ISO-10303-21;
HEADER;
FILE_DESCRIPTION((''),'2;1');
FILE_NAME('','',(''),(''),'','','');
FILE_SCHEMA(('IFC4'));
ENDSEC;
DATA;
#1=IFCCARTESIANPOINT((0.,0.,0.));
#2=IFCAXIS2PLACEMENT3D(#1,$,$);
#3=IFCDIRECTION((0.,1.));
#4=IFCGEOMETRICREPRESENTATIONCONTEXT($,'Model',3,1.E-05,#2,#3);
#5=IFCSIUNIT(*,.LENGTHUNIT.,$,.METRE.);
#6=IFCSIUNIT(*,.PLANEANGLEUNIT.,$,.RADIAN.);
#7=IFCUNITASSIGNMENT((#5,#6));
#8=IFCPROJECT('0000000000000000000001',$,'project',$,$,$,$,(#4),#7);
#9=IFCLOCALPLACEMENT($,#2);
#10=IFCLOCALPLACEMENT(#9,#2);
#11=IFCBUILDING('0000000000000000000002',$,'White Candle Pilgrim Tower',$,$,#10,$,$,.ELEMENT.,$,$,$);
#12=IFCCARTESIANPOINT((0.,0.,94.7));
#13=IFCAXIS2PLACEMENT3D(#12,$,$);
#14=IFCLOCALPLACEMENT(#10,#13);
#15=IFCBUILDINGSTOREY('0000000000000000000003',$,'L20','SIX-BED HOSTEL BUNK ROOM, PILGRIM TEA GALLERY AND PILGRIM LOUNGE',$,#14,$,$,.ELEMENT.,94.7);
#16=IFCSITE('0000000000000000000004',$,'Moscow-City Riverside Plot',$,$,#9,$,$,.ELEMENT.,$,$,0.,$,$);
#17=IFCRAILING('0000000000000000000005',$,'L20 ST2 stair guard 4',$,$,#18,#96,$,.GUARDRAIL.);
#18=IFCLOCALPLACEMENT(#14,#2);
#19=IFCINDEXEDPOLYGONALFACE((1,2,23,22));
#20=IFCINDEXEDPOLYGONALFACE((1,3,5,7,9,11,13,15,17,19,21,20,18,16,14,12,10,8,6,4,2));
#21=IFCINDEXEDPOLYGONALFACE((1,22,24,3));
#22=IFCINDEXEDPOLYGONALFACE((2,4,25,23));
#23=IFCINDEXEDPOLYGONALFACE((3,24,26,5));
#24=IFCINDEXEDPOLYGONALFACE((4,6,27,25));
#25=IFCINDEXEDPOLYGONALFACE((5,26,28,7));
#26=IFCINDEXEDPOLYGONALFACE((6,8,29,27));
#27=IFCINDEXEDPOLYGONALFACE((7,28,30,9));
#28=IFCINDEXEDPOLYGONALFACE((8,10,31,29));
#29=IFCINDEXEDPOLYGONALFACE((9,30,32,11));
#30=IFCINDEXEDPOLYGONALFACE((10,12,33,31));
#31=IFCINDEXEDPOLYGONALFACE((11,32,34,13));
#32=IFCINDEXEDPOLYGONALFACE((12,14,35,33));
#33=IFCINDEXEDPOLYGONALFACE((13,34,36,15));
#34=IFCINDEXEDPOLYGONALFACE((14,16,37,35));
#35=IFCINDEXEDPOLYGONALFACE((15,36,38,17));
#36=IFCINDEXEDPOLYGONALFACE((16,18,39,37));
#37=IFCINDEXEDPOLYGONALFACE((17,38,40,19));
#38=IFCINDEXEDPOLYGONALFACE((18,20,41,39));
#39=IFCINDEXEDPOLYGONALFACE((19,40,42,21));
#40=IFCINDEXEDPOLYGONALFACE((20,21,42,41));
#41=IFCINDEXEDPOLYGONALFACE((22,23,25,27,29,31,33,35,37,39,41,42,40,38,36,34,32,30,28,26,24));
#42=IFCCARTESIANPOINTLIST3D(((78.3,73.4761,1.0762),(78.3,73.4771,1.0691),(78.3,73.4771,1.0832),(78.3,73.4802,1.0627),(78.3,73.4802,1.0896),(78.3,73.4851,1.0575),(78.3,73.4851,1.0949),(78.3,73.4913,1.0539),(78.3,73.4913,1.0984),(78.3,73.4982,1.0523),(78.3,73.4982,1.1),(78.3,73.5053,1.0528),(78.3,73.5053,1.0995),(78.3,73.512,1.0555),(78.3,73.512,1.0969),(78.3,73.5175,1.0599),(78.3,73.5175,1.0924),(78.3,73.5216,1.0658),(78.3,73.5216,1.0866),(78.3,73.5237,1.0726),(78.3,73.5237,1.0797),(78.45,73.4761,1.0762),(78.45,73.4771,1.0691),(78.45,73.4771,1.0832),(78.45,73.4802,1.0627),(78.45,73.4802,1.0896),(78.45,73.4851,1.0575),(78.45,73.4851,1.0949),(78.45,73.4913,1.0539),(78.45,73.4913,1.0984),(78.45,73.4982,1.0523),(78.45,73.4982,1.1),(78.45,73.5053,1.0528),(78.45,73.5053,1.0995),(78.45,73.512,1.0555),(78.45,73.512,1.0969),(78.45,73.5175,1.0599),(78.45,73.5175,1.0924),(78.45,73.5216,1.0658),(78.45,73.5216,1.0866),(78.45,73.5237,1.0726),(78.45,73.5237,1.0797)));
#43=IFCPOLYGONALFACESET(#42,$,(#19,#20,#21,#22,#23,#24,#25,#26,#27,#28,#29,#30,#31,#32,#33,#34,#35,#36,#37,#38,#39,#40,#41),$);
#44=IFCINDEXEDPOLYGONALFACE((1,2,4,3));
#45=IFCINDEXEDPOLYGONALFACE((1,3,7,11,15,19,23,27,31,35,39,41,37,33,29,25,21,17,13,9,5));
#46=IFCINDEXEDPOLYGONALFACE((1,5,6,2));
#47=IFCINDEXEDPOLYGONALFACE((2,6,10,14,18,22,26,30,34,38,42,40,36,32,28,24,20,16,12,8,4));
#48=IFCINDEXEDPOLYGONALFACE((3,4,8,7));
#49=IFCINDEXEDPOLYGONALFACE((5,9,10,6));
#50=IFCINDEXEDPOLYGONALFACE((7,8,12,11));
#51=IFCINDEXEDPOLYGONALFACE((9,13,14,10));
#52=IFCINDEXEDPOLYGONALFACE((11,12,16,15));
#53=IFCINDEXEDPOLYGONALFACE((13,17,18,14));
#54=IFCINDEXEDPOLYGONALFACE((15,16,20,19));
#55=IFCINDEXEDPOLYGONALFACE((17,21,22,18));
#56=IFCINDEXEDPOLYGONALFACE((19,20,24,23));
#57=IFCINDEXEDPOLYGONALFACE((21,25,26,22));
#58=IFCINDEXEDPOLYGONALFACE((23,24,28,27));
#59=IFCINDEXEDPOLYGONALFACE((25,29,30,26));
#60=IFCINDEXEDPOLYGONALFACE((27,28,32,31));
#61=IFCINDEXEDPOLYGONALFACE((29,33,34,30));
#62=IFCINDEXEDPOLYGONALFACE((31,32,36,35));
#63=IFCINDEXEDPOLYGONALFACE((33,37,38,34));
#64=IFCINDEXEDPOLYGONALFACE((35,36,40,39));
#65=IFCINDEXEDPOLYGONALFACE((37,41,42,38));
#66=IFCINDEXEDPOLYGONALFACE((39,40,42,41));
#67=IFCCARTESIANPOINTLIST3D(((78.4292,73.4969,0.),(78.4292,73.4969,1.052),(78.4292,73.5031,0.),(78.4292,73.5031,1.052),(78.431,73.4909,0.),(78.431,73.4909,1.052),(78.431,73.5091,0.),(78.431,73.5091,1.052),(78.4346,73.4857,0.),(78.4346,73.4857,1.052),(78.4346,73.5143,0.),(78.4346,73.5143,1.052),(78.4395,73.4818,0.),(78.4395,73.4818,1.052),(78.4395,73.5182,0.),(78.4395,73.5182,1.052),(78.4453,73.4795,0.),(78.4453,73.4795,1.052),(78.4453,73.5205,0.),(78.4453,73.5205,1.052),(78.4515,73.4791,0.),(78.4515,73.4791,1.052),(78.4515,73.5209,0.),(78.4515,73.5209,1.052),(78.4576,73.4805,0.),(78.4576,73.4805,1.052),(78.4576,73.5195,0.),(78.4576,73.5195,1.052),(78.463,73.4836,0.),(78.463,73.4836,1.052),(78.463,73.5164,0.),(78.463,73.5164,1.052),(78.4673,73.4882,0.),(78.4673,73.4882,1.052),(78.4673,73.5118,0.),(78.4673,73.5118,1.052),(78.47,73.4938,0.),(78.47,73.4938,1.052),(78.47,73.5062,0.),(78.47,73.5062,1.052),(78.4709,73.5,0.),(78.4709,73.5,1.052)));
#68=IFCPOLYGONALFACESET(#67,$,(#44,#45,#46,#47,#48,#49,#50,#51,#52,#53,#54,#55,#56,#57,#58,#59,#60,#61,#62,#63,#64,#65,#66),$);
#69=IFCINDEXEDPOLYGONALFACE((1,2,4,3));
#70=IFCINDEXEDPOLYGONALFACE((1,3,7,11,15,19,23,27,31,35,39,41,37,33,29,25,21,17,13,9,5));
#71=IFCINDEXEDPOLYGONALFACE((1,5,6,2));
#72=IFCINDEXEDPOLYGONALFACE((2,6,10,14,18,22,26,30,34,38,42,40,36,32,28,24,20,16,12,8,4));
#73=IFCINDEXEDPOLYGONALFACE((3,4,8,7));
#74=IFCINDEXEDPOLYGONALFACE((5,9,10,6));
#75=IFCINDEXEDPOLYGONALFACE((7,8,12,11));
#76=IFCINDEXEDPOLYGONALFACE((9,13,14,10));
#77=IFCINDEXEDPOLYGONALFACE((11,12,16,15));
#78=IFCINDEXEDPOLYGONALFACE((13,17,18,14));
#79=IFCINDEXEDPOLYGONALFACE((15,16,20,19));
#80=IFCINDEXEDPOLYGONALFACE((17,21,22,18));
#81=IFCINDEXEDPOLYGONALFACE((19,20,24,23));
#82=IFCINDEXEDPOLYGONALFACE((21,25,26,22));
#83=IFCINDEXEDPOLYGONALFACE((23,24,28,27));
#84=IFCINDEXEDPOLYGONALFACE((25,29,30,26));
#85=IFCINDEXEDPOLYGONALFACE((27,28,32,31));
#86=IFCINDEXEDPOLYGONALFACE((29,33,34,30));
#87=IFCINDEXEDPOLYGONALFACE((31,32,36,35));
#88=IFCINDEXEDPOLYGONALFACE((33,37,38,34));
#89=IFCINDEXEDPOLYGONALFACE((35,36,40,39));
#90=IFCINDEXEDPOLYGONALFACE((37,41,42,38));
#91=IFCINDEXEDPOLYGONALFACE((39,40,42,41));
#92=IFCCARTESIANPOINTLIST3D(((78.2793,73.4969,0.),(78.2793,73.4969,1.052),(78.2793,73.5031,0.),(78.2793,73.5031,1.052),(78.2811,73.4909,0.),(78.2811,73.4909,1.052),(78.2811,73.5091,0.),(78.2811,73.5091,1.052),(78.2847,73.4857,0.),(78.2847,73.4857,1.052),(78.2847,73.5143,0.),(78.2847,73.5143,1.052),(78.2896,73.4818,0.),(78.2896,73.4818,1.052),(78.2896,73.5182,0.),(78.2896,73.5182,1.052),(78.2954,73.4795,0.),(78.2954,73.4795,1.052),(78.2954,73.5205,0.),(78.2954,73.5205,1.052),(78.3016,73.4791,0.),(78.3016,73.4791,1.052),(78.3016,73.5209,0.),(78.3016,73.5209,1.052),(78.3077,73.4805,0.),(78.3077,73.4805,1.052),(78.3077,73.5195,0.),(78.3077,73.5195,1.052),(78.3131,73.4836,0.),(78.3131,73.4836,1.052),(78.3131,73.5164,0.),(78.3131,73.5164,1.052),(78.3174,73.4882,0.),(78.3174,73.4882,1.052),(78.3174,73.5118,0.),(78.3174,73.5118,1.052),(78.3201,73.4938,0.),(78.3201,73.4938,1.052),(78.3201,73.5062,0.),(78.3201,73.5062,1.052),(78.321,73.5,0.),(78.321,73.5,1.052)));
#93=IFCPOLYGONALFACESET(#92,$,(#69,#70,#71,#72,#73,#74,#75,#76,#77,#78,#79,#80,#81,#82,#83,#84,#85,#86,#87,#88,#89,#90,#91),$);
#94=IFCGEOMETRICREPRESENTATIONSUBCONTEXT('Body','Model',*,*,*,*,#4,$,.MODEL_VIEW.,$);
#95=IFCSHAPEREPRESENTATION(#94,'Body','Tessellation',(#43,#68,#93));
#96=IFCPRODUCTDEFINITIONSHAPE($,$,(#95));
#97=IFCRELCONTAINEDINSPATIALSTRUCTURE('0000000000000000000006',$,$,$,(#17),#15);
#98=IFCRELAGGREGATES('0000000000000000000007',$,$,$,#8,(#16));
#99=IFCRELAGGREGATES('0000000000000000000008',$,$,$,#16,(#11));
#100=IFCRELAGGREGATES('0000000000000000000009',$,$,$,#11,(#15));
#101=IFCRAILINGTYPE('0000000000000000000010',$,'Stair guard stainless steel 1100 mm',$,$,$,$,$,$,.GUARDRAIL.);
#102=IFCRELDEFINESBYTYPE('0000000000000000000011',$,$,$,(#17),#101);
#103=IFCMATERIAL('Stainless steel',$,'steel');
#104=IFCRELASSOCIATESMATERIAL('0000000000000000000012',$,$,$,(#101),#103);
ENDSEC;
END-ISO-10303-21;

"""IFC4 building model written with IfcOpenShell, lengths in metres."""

from ifc_helpers import new_model, si_unit, direction, frame, origin, origin_2d, place, context, subcontext, project, spatial, circle, extrude, material, type_object, element, save


model = new_model("IFC4")

# Units and contexts
model_context = context("Model", 3, precision=1e-05, world=origin(), true_north=direction((0.0, 1.0)))
body_context = subcontext(model_context, "Body", "Model", "MODEL_VIEW")
ifc_project = project(units=[si_unit("LENGTHUNIT", "METRE"), si_unit("PLANEANGLEUNIT", "RADIAN")], contexts=[model_context])

# Site, building, storey
site_placement = place(None, origin())
site = spatial("IfcSite", under=ifc_project, at=site_placement, Name="Moscow-City Riverside Plot", CompositionType="ELEMENT", RefElevation=0.0)
building_placement = place(site_placement, origin())
building = spatial("IfcBuilding", under=site, at=building_placement, Name="White Candle Pilgrim Tower", CompositionType="ELEMENT")
storey_placement = place(building_placement, frame((0.0, 0.0, 94.7)))
storey = spatial("IfcBuildingStorey", under=building, at=storey_placement, Name="L20", Description="SIX-BED HOSTEL BUNK ROOM, PILGRIM TEA GALLERY AND PILGRIM LOUNGE", CompositionType="ELEMENT", Elevation=94.7)

# Railing
ifc_material_1 = material(Name="Stainless steel", Category="steel")
railing_type_1 = type_object("IfcRailingType", Name="Stair guard stainless steel 1100 mm", PredefinedType="GUARDRAIL", material=ifc_material_1)
railing_1_placement = place(storey_placement, frame((78.45, 73.5, 0.0)))
element("IfcRailing", 1, at=railing_1_placement, inside=storey, type_object=railing_type_1, Name="L20 ST2 stair guard 4", PredefinedType="GUARDRAIL", context=body_context, shape_type="SweptSolid", body=[
    extrude(circle(Radius=0.0239, at=origin_2d()), frame((0.0, 0.0, 1.0762), z_axis=(-1.0, 0.0, 0.0), x_axis=(0.0, -1.0, 0.0)), (0.0, 0.0, 1.0), 0.1499),
    extrude(circle(Radius=0.021, at=origin_2d()), origin(), (0.0, 0.0, 1.0), 1.052),
    extrude(circle(Radius=0.021, at=origin_2d()), frame((-0.1499, 0.0, 0.0)), (0.0, 0.0, 1.0), 1.052),
])

save(model, "model.ifc")
